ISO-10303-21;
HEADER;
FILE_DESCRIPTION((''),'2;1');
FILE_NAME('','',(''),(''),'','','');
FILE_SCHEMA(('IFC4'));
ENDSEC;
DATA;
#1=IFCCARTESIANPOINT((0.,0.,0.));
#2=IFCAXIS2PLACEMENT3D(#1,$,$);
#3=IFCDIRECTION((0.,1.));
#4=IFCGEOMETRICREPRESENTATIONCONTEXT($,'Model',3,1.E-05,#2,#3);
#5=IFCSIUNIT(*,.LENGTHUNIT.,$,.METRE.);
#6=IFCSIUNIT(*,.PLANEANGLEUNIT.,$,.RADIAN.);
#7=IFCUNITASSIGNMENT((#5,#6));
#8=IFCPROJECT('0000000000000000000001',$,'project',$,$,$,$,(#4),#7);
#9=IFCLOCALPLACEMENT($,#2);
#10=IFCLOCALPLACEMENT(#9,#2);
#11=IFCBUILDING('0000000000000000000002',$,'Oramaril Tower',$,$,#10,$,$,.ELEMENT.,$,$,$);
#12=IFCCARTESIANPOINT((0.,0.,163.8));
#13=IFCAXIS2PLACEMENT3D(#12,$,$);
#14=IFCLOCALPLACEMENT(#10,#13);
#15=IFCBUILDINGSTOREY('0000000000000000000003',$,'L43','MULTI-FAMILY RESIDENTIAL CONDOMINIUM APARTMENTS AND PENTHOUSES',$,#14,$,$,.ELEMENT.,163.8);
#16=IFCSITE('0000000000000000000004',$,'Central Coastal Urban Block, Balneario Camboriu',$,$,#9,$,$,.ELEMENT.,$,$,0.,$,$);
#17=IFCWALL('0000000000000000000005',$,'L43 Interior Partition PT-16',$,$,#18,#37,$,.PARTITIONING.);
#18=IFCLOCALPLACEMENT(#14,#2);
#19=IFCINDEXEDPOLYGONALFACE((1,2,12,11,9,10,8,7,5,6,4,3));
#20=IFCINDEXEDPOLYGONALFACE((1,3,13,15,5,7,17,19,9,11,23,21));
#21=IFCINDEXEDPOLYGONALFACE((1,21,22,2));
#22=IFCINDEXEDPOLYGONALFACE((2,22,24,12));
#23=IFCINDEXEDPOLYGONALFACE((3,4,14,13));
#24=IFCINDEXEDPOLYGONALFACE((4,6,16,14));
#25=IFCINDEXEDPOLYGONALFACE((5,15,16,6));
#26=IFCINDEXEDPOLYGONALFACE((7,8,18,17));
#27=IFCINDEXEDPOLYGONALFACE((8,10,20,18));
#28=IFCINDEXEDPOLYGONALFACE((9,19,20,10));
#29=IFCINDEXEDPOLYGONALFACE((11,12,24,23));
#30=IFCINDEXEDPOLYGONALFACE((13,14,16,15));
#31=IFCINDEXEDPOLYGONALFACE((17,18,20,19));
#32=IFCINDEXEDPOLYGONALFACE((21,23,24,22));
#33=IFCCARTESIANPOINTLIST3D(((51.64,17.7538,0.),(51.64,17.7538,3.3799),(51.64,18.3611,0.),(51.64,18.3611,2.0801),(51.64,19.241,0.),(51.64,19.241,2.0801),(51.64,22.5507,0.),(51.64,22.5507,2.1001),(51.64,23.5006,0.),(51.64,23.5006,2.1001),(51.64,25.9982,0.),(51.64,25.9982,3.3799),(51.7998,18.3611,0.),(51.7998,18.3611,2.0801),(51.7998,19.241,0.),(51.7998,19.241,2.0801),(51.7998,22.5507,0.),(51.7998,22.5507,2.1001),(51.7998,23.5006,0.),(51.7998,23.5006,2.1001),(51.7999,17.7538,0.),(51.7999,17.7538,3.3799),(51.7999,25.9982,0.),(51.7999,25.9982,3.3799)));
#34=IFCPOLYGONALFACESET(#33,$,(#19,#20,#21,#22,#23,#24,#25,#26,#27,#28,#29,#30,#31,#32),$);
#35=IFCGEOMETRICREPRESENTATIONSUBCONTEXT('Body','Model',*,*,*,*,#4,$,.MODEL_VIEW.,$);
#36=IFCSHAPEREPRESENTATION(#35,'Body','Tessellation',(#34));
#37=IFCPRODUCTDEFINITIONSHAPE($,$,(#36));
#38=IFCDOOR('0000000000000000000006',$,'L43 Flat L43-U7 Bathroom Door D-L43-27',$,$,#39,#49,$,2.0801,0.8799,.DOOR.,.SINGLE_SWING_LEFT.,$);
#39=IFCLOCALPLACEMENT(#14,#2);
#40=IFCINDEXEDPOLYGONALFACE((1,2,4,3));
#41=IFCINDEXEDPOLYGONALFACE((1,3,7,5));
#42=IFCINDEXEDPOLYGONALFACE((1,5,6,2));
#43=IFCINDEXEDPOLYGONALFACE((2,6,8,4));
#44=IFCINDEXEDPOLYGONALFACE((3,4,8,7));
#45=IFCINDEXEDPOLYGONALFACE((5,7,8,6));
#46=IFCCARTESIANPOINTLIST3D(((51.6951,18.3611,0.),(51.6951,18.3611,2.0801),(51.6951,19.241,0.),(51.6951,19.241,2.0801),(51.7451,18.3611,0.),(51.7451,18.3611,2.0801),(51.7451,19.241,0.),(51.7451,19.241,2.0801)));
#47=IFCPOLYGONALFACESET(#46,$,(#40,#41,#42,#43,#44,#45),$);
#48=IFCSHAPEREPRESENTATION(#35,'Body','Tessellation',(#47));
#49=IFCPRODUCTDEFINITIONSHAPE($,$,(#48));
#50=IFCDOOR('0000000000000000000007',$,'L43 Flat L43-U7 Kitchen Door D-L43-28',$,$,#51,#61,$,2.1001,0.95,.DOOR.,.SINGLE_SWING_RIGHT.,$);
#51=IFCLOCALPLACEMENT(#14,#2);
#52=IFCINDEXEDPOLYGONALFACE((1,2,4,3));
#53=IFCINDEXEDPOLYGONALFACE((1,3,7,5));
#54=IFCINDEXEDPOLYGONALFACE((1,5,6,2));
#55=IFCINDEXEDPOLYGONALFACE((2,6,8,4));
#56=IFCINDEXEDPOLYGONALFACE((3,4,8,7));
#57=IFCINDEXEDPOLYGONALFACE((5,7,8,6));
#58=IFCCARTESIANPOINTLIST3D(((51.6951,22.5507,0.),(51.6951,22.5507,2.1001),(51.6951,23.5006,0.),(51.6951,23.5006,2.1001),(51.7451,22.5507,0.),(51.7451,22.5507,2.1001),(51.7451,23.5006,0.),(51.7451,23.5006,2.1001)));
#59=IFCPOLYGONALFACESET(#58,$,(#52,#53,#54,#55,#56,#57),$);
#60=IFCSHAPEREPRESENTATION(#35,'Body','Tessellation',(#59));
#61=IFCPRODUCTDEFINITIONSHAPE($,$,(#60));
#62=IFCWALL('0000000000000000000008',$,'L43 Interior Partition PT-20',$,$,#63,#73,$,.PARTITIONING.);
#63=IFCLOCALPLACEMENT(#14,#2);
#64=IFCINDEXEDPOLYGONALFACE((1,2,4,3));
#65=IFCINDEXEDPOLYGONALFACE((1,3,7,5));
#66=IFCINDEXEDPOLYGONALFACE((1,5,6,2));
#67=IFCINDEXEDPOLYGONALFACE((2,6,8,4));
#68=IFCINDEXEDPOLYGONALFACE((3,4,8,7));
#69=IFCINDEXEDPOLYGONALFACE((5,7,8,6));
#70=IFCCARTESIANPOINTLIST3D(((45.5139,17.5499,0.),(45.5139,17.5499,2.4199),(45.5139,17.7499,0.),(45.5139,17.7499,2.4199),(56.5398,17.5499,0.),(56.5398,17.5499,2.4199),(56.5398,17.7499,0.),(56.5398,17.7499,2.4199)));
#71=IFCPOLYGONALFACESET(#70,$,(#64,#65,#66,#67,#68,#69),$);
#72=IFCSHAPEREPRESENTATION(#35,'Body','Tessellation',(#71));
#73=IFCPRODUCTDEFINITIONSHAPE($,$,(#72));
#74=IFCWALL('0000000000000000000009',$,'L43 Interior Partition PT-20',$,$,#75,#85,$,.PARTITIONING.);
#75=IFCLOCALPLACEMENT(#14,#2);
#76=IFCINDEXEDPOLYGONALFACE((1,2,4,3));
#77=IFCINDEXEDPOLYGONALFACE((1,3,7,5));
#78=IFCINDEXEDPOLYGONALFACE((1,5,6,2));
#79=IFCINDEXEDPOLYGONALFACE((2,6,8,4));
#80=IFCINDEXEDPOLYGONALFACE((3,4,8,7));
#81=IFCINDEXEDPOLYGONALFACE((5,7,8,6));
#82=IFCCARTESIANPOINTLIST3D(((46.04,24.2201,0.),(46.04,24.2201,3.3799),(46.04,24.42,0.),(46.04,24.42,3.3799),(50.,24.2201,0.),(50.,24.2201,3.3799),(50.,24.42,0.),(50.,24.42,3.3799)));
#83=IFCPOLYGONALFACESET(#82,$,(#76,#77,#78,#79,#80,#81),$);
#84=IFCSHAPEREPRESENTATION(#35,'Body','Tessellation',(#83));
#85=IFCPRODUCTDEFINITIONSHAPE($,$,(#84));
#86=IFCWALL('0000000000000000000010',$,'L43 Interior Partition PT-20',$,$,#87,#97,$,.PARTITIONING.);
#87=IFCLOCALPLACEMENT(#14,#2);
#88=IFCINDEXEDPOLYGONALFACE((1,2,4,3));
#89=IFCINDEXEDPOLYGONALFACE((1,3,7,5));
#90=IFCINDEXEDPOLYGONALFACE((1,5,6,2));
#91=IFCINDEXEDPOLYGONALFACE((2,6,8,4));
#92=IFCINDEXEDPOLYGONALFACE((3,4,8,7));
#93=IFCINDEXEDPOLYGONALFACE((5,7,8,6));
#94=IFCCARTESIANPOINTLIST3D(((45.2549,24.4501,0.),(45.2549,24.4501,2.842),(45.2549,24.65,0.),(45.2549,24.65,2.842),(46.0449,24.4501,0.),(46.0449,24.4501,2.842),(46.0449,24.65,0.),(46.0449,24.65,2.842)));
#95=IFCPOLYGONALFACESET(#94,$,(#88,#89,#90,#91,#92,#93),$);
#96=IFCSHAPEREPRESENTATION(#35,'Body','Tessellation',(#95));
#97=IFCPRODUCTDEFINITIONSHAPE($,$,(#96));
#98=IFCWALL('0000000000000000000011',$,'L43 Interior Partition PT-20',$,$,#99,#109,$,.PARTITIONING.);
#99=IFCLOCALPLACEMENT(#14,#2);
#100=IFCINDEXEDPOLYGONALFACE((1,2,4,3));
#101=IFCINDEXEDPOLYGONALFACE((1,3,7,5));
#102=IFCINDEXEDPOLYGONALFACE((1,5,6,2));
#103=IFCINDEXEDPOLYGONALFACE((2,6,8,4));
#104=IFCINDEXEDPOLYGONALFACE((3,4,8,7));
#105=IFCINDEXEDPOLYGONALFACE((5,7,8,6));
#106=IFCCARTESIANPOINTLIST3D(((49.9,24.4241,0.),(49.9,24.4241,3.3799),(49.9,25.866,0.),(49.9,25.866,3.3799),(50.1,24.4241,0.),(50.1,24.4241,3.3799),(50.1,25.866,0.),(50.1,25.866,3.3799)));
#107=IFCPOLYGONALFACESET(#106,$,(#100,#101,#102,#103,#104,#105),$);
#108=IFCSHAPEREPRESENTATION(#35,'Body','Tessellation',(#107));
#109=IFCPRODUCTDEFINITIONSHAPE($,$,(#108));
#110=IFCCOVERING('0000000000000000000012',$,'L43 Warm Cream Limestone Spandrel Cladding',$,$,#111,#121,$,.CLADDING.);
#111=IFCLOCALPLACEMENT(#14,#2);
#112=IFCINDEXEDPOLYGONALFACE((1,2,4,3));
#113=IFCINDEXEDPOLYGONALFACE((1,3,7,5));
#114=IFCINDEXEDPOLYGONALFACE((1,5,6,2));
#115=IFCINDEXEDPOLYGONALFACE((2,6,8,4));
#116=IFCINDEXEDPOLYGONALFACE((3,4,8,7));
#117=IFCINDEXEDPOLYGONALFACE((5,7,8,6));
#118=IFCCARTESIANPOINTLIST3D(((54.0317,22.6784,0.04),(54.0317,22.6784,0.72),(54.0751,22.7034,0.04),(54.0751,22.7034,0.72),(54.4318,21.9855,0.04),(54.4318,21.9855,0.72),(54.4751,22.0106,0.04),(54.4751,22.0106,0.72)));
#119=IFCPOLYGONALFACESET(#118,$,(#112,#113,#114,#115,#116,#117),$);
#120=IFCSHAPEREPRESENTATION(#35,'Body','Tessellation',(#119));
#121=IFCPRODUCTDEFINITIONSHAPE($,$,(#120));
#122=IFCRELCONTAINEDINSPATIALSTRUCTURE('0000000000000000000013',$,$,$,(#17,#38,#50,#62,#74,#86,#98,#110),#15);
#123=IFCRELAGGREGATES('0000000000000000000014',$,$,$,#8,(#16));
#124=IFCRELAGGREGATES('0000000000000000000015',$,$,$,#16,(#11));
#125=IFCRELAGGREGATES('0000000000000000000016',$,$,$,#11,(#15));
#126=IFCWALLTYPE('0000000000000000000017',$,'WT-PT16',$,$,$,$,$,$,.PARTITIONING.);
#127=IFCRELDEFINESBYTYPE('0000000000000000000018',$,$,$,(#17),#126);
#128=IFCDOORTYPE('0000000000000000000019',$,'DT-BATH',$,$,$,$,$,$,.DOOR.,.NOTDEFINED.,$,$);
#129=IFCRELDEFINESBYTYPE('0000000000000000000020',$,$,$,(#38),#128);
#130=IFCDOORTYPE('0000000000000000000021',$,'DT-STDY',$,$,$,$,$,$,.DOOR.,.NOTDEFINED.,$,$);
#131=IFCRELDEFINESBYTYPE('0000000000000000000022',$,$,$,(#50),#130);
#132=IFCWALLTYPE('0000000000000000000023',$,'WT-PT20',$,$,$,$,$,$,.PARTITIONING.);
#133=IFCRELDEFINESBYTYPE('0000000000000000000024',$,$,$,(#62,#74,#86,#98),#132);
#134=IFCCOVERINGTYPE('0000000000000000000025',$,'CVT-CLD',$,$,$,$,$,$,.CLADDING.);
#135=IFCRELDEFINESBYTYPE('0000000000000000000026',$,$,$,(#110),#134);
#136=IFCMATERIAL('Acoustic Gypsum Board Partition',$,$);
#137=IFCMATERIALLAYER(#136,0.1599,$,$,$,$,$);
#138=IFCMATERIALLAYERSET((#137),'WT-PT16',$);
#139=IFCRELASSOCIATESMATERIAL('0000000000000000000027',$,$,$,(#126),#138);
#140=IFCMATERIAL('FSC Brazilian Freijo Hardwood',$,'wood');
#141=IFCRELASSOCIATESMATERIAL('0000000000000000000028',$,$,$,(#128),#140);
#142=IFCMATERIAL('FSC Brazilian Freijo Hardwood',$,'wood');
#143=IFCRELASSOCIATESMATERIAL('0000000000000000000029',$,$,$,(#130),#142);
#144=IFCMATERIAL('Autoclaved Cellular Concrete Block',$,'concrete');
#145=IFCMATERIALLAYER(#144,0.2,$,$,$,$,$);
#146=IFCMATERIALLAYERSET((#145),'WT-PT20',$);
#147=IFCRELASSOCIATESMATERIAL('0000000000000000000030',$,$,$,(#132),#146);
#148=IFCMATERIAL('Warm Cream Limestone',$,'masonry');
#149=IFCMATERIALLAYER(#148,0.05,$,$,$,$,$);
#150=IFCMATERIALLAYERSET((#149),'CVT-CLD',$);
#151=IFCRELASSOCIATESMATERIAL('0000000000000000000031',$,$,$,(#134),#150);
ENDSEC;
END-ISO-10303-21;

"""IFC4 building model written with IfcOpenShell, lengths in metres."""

from ifc_helpers import new_model, si_unit, direction, frame, frame_2d, origin, origin_2d, place, context, subcontext, project, spatial, rectangle, extrude, material, layer, layer_set, type_object, element, fill, save


model = new_model("IFC4")

# Units and contexts
model_context = context("Model", 3, precision=1e-05, world=origin(), true_north=direction((0.0, 1.0)))
body_context = subcontext(model_context, "Body", "Model", "MODEL_VIEW")
ifc_project = project(units=[si_unit("LENGTHUNIT", "METRE"), si_unit("PLANEANGLEUNIT", "RADIAN")], contexts=[model_context])

# Site, building, storey
site_placement = place(None, origin())
site = spatial("IfcSite", under=ifc_project, at=site_placement, Name="Central Coastal Urban Block, Balneario Camboriu", CompositionType="ELEMENT", RefElevation=0.0)
building_placement = place(site_placement, origin())
building = spatial("IfcBuilding", under=site, at=building_placement, Name="Oramaril Tower", CompositionType="ELEMENT")
storey_placement = place(building_placement, frame((0.0, 0.0, 163.8)))
storey = spatial("IfcBuildingStorey", under=building, at=storey_placement, Name="L43", Description="MULTI-FAMILY RESIDENTIAL CONDOMINIUM APARTMENTS AND PENTHOUSES", CompositionType="ELEMENT", Elevation=163.8)

# Wall, openings, doors
ifc_material_1 = material(Name="Acoustic Gypsum Board Partition")
ifc_layer_1 = layer(ifc_material_1, 0.1599)
ifc_layer_set_1 = layer_set([ifc_layer_1], Name="WT-PT16")
wall_type_1 = type_object("IfcWallType", Name="WT-PT16", PredefinedType="PARTITIONING", material=ifc_layer_set_1)
wall_1_placement = place(storey_placement, frame((51.72, 17.7539, 0.0), z_axis=(0.0, 0.0, 1.0), x_axis=(0.0, 1.0, 0.0)))
wall_1 = element("IfcWall", 1, at=wall_1_placement, inside=storey, type_object=wall_type_1, Name="L43 Interior Partition PT-16", PredefinedType="PARTITIONING", context=body_context, shape_type="SweptSolid", body=[
    extrude(rectangle(XDim=8.2444, YDim=0.1599, at=frame_2d((4.1221, 0.0))), origin(), (0.0, 0.0, 1.0), 3.3799),
])
opening_1_placement = place(wall_1_placement, frame((0.6072, 0.0, 0.0)))
opening_1 = element("IfcOpeningElement", 2, at=opening_1_placement, cuts=wall_1, PredefinedType="OPENING", context=body_context, shape_type="SweptSolid", body=[
    extrude(rectangle(XDim=0.8799, YDim=2.0801, at=frame_2d((0.4399, 1.04))), frame((0.0, 0.0801, 0.0), z_axis=(0.0, -1.0, 0.0), x_axis=(1.0, 0.0, 0.0)), (0.0, 0.0, 1.0), 0.1599),
])
opening_2_placement = place(wall_1_placement, frame((4.7966, 0.0, 0.0)))
opening_2 = element("IfcOpeningElement", 3, at=opening_2_placement, cuts=wall_1, PredefinedType="OPENING", context=body_context, shape_type="SweptSolid", body=[
    extrude(rectangle(XDim=0.95, YDim=2.1001, at=frame_2d((0.4751, 1.05))), frame((0.0, 0.0801, 0.0), z_axis=(0.0, -1.0, 0.0), x_axis=(1.0, 0.0, 0.0)), (0.0, 0.0, 1.0), 0.1599),
])
ifc_material_2 = material(Name="FSC Brazilian Freijo Hardwood", Category="wood")
door_type_1 = type_object("IfcDoorType", Name="DT-BATH", OperationType="NOTDEFINED", PredefinedType="DOOR", material=ifc_material_2)
door_1_placement = place(opening_1_placement, origin())
door_1 = element("IfcDoor", 4, at=door_1_placement, inside=storey, type_object=door_type_1, Name="L43 Flat L43-U7 Bathroom Door D-L43-27", OperationType="SINGLE_SWING_LEFT", OverallHeight=2.0801, OverallWidth=0.8799, PredefinedType="DOOR", context=body_context, shape_type="SweptSolid", body=[
    extrude(rectangle(XDim=0.8799, YDim=2.0801, at=frame_2d((0.4399, 1.04))), frame((0.0, 0.0249, 0.0), z_axis=(0.0, -1.0, 0.0), x_axis=(1.0, 0.0, 0.0)), (0.0, 0.0, 1.0), 0.05),
])
fill(opening_1, door_1)
ifc_material_3 = material(Name="FSC Brazilian Freijo Hardwood", Category="wood")
door_type_2 = type_object("IfcDoorType", Name="DT-STDY", OperationType="NOTDEFINED", PredefinedType="DOOR", material=ifc_material_3)
door_2_placement = place(opening_2_placement, origin())
door_2 = element("IfcDoor", 5, at=door_2_placement, inside=storey, type_object=door_type_2, Name="L43 Flat L43-U7 Kitchen Door D-L43-28", OperationType="SINGLE_SWING_RIGHT", OverallHeight=2.1001, OverallWidth=0.95, PredefinedType="DOOR", context=body_context, shape_type="SweptSolid", body=[
    extrude(rectangle(XDim=0.95, YDim=2.1001, at=frame_2d((0.4751, 1.05))), frame((0.0, 0.0249, 0.0), z_axis=(0.0, -1.0, 0.0), x_axis=(1.0, 0.0, 0.0)), (0.0, 0.0, 1.0), 0.05),
])
fill(opening_2, door_2)

# Walls
ifc_material_4 = material(Name="Autoclaved Cellular Concrete Block", Category="concrete")
ifc_layer_2 = layer(ifc_material_4, 0.2)
ifc_layer_set_2 = layer_set([ifc_layer_2], Name="WT-PT20")
wall_type_2 = type_object("IfcWallType", Name="WT-PT20", PredefinedType="PARTITIONING", material=ifc_layer_set_2)
wall_2_placement = place(storey_placement, frame((45.5139, 17.6499, 0.0), z_axis=(0.0, 0.0, 1.0), x_axis=(1.0, 0.0, 0.0)))
element("IfcWall", 6, at=wall_2_placement, inside=storey, type_object=wall_type_2, Name="L43 Interior Partition PT-20", PredefinedType="PARTITIONING", context=body_context, shape_type="SweptSolid", body=[
    extrude(rectangle(XDim=11.0259, YDim=0.2, at=frame_2d((5.5129, 0.0))), origin(), (0.0, 0.0, 1.0), 2.4199),
])
wall_3_placement = place(storey_placement, frame((46.04, 24.3201, 0.0), z_axis=(0.0, 0.0, 1.0), x_axis=(1.0, 0.0, 0.0)))
element("IfcWall", 7, at=wall_3_placement, inside=storey, type_object=wall_type_2, Name="L43 Interior Partition PT-20", PredefinedType="PARTITIONING", context=body_context, shape_type="SweptSolid", body=[
    extrude(rectangle(XDim=3.96, YDim=0.2, at=frame_2d((1.98, 0.0))), origin(), (0.0, 0.0, 1.0), 3.3799),
])
wall_4_placement = place(storey_placement, frame((45.2549, 24.55, 0.0), z_axis=(0.0, 0.0, 1.0), x_axis=(1.0, 0.0, 0.0)))
element("IfcWall", 8, at=wall_4_placement, inside=storey, type_object=wall_type_2, Name="L43 Interior Partition PT-20", PredefinedType="PARTITIONING", context=body_context, shape_type="SweptSolid", body=[
    extrude(rectangle(XDim=0.79, YDim=0.2, at=frame_2d((0.395, 0.0))), origin(), (0.0, 0.0, 1.0), 2.842),
])
wall_5_placement = place(storey_placement, frame((50.0, 24.4241, 0.0), z_axis=(0.0, 0.0, 1.0), x_axis=(0.0, 1.0, 0.0)))
element("IfcWall", 9, at=wall_5_placement, inside=storey, type_object=wall_type_2, Name="L43 Interior Partition PT-20", PredefinedType="PARTITIONING", context=body_context, shape_type="SweptSolid", body=[
    extrude(rectangle(XDim=1.4419, YDim=0.2, at=frame_2d((0.7209, 0.0))), origin(), (0.0, 0.0, 1.0), 3.3799),
])

# Covering
ifc_material_5 = material(Name="Warm Cream Limestone", Category="masonry")
ifc_layer_3 = layer(ifc_material_5, 0.05)
ifc_layer_set_3 = layer_set([ifc_layer_3], Name="CVT-CLD")
covering_type = type_object("IfcCoveringType", Name="CVT-CLD", PredefinedType="CLADDING", material=ifc_layer_set_3)
covering_placement = place(storey_placement, frame((54.2534, 22.3445, 0.04), z_axis=(0.0, 0.0, 1.0), x_axis=(-0.5, 0.866025, 0.0)))
element("IfcCovering", 10, at=covering_placement, inside=storey, type_object=covering_type, Name="L43 Warm Cream Limestone Spandrel Cladding", PredefinedType="CLADDING", context=body_context, shape_type="SweptSolid", body=[
    extrude(rectangle(XDim=0.8, YDim=0.05, at=origin_2d()), origin(), (0.0, 0.0, 1.0), 0.6799),
])

save(model, "model.ifc")
